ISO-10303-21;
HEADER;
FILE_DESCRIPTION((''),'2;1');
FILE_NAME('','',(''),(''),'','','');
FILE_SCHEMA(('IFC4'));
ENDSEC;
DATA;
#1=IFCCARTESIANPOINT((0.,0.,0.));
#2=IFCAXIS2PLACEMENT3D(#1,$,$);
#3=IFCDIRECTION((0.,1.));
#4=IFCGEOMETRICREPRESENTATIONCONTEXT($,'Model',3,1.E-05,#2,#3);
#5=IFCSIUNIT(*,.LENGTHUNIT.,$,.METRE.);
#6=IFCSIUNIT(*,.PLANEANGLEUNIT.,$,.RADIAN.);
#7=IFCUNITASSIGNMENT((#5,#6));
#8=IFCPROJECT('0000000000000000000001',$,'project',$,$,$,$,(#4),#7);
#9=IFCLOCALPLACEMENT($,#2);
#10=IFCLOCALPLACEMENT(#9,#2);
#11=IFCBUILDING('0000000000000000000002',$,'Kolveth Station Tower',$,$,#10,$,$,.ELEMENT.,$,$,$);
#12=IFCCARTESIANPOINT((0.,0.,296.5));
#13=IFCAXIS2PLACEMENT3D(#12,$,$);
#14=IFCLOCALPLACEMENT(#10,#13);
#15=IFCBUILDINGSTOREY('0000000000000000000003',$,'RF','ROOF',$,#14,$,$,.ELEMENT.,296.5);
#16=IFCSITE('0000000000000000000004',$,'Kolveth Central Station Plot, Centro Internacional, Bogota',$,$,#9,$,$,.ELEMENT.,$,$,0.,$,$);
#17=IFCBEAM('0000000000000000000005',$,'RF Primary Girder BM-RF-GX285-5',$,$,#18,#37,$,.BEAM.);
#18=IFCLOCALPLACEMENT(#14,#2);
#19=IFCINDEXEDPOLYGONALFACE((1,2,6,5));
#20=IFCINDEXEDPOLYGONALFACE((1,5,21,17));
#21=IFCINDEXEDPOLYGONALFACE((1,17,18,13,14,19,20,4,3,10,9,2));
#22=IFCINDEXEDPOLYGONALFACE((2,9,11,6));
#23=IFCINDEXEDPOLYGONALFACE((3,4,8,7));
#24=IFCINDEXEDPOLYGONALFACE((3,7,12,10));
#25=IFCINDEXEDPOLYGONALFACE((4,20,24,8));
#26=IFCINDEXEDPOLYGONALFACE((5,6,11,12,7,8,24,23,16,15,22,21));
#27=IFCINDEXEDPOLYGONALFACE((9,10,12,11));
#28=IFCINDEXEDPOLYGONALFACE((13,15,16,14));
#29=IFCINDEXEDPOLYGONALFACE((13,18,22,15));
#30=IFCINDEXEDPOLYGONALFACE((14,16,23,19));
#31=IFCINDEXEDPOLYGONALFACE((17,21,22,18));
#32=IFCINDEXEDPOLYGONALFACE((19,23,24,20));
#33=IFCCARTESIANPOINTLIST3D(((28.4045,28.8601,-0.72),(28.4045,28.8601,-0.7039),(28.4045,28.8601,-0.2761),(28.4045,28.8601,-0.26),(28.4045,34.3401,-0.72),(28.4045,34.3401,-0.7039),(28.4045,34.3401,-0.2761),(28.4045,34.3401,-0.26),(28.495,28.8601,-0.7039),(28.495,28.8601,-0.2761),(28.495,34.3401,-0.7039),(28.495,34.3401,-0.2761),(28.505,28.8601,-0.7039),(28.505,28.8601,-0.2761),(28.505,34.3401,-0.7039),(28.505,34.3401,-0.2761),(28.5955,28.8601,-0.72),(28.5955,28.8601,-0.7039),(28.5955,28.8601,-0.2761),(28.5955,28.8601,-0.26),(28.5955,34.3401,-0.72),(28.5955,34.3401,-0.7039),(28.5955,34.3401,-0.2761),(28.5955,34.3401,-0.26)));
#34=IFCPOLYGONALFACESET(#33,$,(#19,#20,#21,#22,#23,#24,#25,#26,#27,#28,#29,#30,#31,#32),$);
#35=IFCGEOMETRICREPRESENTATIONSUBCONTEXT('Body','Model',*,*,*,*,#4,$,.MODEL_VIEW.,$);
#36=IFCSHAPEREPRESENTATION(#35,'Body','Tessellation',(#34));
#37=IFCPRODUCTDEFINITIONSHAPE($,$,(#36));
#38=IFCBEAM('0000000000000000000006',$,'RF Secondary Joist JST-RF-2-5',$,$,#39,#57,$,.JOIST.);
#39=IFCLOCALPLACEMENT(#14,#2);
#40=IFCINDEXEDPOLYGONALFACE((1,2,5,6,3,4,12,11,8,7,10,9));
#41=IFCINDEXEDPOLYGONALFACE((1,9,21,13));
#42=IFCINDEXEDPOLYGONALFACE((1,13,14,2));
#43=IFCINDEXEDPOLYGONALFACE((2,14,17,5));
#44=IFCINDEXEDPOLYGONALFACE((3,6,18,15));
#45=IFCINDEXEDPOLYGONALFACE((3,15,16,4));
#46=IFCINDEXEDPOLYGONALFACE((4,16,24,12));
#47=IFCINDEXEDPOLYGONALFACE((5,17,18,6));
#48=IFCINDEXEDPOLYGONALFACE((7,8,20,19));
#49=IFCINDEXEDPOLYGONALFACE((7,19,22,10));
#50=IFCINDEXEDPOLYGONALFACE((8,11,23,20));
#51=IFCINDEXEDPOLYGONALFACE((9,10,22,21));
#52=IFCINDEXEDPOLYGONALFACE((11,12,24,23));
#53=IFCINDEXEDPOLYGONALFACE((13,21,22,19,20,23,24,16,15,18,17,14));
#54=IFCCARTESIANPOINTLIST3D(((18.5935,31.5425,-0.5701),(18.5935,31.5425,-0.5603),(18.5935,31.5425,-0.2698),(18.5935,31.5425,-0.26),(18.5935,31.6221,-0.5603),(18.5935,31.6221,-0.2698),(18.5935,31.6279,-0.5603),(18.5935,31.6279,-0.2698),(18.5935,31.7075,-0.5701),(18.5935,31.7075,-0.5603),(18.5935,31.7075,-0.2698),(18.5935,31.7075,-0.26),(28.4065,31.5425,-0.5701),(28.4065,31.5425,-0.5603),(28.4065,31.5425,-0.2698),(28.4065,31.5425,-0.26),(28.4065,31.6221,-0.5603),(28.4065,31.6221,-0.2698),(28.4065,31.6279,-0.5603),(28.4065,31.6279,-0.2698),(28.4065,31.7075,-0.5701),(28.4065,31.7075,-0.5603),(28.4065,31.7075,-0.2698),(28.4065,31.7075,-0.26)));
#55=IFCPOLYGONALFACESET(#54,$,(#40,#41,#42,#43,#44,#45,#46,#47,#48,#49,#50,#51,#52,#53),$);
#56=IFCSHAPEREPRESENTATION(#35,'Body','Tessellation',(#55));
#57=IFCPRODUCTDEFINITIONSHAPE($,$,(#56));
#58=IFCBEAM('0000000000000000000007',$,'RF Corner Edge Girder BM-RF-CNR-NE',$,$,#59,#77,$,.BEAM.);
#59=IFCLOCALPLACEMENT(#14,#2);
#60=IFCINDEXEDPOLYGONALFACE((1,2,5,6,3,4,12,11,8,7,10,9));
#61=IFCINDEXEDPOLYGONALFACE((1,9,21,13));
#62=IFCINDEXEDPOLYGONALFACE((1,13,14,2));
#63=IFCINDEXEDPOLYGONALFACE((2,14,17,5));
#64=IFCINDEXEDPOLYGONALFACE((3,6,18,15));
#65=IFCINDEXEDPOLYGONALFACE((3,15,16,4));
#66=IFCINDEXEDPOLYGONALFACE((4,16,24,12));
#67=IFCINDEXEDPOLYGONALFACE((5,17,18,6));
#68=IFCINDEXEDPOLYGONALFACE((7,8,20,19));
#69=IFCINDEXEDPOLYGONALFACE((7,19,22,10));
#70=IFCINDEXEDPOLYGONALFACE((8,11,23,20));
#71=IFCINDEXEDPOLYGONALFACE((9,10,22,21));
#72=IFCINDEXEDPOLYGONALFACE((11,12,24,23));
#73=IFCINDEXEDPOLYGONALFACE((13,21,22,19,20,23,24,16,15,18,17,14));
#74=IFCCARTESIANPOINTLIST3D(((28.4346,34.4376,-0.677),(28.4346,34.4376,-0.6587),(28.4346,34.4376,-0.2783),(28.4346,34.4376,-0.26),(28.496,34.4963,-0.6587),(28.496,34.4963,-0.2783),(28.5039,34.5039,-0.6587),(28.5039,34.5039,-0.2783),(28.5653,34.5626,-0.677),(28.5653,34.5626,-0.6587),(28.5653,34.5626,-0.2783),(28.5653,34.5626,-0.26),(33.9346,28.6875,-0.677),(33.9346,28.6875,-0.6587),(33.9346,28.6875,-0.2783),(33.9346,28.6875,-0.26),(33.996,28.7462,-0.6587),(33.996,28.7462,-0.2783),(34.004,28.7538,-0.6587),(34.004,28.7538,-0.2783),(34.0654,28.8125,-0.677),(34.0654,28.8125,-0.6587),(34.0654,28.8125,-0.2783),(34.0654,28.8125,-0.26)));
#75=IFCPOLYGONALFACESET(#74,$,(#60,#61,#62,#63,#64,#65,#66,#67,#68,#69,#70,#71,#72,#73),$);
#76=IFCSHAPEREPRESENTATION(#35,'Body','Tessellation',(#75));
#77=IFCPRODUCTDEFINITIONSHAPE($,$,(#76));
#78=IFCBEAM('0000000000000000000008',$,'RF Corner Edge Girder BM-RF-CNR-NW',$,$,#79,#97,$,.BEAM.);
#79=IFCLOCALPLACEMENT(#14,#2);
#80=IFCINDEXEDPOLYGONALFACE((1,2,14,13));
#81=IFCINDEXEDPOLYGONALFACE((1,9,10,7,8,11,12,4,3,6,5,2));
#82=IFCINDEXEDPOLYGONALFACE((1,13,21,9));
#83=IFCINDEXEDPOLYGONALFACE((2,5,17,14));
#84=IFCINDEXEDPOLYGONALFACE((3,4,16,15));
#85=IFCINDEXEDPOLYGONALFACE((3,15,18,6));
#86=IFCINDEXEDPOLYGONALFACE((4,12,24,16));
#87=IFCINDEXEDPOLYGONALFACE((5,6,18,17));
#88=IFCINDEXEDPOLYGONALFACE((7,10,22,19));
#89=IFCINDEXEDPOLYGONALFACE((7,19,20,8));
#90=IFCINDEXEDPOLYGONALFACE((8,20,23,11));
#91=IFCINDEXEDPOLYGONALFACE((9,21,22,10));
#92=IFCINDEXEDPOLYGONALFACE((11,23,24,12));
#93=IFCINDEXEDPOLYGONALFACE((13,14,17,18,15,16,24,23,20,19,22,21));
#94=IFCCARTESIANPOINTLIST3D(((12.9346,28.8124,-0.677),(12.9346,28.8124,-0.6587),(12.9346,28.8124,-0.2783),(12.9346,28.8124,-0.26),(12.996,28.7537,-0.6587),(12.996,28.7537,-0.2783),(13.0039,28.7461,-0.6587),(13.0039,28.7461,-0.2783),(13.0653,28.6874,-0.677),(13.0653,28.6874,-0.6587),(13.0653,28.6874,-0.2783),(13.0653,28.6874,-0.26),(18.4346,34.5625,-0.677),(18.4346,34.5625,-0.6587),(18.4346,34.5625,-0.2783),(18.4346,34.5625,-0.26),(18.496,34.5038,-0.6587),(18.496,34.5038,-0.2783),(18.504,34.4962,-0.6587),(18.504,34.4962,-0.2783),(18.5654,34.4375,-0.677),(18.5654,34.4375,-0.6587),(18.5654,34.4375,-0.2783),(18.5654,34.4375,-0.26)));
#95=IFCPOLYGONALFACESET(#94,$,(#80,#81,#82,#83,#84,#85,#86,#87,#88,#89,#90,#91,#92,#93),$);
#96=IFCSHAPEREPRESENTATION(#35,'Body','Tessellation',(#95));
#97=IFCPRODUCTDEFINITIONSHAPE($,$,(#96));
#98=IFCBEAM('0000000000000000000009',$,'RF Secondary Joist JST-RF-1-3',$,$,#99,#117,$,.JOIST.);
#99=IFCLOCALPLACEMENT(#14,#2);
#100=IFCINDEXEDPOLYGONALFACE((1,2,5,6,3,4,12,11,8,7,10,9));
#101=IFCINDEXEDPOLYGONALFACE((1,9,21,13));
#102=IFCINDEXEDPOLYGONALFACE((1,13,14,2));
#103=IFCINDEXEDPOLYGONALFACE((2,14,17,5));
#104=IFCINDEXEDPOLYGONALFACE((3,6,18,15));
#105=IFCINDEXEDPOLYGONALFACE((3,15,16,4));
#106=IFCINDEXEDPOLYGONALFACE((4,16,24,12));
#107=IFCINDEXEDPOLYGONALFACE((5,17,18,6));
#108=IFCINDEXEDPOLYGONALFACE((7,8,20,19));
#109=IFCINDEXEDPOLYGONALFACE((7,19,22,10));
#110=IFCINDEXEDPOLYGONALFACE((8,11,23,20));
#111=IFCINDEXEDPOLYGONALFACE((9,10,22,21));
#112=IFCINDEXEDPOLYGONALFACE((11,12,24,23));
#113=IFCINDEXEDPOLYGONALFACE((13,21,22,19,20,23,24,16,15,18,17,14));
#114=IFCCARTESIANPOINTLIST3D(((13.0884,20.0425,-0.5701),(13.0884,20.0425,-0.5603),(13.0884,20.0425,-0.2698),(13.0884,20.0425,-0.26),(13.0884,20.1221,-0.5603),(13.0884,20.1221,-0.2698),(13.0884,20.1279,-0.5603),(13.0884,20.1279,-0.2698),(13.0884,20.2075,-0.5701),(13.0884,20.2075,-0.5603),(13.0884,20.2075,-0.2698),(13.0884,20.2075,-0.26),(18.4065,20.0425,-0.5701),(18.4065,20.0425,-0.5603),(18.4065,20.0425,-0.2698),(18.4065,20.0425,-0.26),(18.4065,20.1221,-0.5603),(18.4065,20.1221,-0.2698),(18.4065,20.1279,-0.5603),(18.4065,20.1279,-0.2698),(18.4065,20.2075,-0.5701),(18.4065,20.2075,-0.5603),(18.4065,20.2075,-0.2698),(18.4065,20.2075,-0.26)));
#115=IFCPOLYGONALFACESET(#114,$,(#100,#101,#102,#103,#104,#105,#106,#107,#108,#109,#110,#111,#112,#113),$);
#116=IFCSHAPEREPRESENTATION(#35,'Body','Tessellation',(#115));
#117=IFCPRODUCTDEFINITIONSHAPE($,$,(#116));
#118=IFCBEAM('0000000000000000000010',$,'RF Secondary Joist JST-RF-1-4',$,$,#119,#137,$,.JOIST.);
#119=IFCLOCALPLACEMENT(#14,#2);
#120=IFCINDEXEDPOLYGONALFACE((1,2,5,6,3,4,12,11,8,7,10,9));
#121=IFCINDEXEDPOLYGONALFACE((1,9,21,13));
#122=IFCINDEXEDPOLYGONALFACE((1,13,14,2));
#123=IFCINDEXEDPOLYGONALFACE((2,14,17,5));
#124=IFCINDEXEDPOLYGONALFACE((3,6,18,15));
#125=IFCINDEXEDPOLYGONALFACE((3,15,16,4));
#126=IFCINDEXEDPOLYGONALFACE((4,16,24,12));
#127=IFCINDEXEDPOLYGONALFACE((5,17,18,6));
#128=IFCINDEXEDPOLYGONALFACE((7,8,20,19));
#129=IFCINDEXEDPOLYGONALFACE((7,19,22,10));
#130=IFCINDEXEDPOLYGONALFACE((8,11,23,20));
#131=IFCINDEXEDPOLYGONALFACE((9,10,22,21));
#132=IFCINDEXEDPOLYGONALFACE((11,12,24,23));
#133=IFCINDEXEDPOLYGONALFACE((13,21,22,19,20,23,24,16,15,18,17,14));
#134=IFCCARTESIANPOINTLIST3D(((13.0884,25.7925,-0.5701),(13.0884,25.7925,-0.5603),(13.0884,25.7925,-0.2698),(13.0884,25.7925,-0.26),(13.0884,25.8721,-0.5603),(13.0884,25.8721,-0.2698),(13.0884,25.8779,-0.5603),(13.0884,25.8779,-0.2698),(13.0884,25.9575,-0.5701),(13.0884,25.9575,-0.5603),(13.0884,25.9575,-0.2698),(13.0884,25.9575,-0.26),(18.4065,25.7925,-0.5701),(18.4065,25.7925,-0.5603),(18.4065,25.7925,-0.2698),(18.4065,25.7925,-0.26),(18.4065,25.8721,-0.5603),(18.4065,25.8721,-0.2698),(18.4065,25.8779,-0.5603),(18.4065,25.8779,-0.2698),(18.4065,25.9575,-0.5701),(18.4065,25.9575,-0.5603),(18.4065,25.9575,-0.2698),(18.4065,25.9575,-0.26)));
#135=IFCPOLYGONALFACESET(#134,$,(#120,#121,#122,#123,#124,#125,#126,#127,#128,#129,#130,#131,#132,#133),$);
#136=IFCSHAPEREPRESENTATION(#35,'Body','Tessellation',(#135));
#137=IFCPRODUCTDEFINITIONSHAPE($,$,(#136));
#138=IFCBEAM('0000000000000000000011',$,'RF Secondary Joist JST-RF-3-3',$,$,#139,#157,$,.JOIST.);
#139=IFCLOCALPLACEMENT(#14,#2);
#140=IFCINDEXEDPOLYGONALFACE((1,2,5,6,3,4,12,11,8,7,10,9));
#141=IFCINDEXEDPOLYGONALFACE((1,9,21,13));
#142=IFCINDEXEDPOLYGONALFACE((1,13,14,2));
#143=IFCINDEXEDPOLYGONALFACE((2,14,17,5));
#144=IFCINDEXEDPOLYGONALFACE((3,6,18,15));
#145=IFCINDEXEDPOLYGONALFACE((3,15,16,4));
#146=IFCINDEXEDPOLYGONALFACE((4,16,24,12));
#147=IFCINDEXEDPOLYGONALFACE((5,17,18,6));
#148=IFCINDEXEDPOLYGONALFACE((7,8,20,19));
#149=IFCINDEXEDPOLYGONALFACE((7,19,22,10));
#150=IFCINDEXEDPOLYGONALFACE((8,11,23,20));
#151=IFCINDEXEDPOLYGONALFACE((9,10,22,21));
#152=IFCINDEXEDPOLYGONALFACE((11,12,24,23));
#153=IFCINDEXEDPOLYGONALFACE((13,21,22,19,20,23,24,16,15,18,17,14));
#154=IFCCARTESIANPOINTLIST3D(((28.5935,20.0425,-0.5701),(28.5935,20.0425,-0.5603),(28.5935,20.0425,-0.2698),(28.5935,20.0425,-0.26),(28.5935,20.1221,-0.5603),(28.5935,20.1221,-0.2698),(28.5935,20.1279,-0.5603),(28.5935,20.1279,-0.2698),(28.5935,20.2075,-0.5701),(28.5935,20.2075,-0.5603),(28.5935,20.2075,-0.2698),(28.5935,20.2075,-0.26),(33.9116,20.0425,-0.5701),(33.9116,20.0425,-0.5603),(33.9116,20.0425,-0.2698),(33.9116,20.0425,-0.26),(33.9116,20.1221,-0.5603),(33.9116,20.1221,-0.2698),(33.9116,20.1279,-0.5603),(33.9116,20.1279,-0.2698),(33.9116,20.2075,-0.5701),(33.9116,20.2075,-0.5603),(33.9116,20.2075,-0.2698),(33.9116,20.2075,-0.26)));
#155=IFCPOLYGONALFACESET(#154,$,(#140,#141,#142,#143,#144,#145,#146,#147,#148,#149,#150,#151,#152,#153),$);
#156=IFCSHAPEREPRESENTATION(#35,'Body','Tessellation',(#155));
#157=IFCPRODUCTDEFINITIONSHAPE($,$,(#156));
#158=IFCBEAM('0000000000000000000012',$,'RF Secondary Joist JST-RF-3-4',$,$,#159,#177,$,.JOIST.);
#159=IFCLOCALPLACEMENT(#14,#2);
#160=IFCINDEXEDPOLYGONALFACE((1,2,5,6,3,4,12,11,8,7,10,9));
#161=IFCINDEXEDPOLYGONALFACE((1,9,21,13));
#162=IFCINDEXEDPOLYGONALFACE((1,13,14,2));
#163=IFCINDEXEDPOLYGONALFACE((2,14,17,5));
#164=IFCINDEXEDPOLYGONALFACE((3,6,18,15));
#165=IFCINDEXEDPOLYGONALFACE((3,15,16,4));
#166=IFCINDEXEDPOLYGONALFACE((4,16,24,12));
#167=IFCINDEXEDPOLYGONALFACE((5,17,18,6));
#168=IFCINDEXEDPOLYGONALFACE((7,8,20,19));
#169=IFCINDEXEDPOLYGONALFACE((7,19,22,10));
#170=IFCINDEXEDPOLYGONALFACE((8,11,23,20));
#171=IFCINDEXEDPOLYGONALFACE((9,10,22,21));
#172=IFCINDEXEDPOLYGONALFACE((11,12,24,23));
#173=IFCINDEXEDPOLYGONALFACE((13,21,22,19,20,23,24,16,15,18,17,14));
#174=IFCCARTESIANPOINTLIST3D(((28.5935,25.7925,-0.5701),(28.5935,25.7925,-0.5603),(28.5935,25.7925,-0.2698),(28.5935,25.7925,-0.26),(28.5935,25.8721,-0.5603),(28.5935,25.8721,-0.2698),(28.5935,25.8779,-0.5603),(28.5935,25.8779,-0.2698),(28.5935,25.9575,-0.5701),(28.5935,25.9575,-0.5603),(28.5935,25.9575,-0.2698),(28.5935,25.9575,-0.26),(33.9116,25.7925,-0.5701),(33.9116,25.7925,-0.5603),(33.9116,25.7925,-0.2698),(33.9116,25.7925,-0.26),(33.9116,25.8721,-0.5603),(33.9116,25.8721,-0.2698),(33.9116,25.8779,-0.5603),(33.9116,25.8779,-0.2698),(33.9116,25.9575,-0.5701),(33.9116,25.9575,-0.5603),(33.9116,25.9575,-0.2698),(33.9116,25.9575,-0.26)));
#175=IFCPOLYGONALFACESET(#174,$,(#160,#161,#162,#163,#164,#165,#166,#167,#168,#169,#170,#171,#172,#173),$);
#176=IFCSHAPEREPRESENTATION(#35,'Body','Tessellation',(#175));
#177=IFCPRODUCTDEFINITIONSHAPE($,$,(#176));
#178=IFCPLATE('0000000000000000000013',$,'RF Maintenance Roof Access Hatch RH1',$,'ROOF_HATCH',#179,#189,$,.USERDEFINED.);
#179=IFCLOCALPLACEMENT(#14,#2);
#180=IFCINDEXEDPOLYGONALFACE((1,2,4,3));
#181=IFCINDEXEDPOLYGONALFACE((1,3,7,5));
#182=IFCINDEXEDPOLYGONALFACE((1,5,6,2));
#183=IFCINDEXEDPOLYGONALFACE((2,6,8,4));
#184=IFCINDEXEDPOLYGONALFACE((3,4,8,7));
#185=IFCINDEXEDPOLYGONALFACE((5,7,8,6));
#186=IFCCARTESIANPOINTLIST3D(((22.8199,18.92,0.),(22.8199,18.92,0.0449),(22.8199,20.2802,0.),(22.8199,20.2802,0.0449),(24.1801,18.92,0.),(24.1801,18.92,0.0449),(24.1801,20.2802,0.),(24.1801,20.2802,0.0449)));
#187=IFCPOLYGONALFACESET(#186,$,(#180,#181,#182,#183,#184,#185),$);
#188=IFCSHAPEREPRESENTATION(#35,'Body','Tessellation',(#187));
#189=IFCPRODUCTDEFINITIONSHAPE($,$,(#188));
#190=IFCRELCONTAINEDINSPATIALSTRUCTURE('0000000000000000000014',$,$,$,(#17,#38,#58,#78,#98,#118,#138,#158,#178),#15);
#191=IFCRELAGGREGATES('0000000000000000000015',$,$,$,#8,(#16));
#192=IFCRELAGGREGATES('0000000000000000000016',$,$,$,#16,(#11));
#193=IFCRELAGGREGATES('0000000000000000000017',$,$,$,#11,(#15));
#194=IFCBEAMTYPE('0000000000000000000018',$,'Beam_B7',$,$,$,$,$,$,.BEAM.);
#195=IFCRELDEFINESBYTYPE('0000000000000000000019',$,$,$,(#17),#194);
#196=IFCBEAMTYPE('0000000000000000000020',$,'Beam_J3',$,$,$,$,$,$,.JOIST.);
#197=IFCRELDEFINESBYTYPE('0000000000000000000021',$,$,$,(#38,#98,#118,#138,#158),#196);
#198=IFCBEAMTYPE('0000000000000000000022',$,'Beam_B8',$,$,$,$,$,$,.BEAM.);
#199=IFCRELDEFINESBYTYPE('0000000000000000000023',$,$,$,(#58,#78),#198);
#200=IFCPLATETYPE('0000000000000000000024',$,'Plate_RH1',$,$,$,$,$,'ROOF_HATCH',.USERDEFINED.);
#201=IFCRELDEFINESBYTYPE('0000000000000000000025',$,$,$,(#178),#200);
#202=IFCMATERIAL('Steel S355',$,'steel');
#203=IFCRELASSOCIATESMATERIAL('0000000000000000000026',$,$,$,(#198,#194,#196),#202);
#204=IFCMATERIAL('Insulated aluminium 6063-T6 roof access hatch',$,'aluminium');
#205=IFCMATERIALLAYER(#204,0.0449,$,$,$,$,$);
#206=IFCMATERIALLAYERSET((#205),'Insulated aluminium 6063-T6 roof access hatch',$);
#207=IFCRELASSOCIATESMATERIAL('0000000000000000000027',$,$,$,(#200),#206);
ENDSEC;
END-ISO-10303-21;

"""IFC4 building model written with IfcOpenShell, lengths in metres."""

from ifc_helpers import new_model, si_unit, direction, frame, origin, origin_2d, place, context, subcontext, project, spatial, rectangle, i_section, extrude, source, transform, mapped, material, layer, layer_set, material_profile, profile_set, type_object, element, save


model = new_model("IFC4")

# Units and contexts
model_context = context("Model", 3, precision=1e-05, world=origin(), true_north=direction((0.0, 1.0)))
body_context = subcontext(model_context, "Body", "Model", "MODEL_VIEW")
ifc_project = project(units=[si_unit("LENGTHUNIT", "METRE"), si_unit("PLANEANGLEUNIT", "RADIAN")], contexts=[model_context])

# Site, building, storey
site_placement = place(None, origin())
site = spatial("IfcSite", under=ifc_project, at=site_placement, Name="Kolveth Central Station Plot, Centro Internacional, Bogota", CompositionType="ELEMENT", RefElevation=0.0)
building_placement = place(site_placement, origin())
building = spatial("IfcBuilding", under=site, at=building_placement, Name="Kolveth Station Tower", CompositionType="ELEMENT")
storey_placement = place(building_placement, frame((0.0, 0.0, 296.5)))
storey = spatial("IfcBuildingStorey", under=building, at=storey_placement, Name="RF", Description="ROOF", CompositionType="ELEMENT", Elevation=296.5)

# Beams
ifc_material_1 = material(Name="Steel S355", Category="steel")
ifc_material_profile_1 = material_profile(ifc_material_1, i_section(OverallWidth=0.1809, OverallDepth=0.417, WebThickness=0.011, FlangeThickness=0.0183, at=origin_2d()), Name="W410x85")
ifc_profile_set_1 = profile_set([ifc_material_profile_1], Name="Steel S355")
beam_type_1 = type_object("IfcBeamType", Name="Beam_B8", PredefinedType="BEAM", material=ifc_profile_set_1)
ifc_material_profile_2 = material_profile(ifc_material_1, i_section(OverallWidth=0.1909, OverallDepth=0.46, WebThickness=0.01, FlangeThickness=0.0161, at=origin_2d()), Name="W460x82")
ifc_profile_set_2 = profile_set([ifc_material_profile_2], Name="Steel S355")
beam_type_2 = type_object("IfcBeamType", Name="Beam_B7", PredefinedType="BEAM", material=ifc_profile_set_2)
shared_shape_1 = source(origin(), body_context, "Body", "SweptSolid", [
    extrude(i_section(OverallWidth=0.1909, OverallDepth=0.46, WebThickness=0.01, FlangeThickness=0.0161, at=origin_2d()), origin(), (0.0, 0.0, 1.0), 5.48),
])
for number, where, z_axis, x_axis, name in (
    (1, (28.5, 28.8601, -0.49), (0.0, 1.0, 0.0), (-1.0, 0.0, 0.0), "RF Primary Girder BM-RF-GX285-5"),
):
    element("IfcBeam", number, at=place(storey_placement, frame(where, z_axis=z_axis, x_axis=x_axis)), inside=storey, type_object=beam_type_2, Name=name, PredefinedType="BEAM", context=body_context, shape_type="MappedRepresentation", body=[
        mapped(shared_shape_1, transform((0.0, 0.0, 0.0), x_axis=(1.0, 0.0, 0.0), y_axis=(0.0, 1.0, 0.0), z_axis=(0.0, 0.0, 1.0), scale=1.0)),
    ])
ifc_material_profile_3 = material_profile(ifc_material_1, i_section(OverallWidth=0.165, OverallDepth=0.3101, WebThickness=0.0059, FlangeThickness=0.0098, at=origin_2d()), Name="W310x39")
ifc_profile_set_3 = profile_set([ifc_material_profile_3], Name="Steel S355")
beam_type_3 = type_object("IfcBeamType", Name="Beam_J3", PredefinedType="JOIST", material=ifc_profile_set_3)
shared_shape_2 = source(origin(), body_context, "Body", "SweptSolid", [
    extrude(i_section(OverallWidth=0.165, OverallDepth=0.3101, WebThickness=0.0059, FlangeThickness=0.0098, at=origin_2d()), origin(), (0.0, 0.0, 1.0), 9.813),
])
beam_1_placement = place(storey_placement, frame((18.5935, 31.625, -0.415), z_axis=(1.0, 0.0, 0.0), x_axis=(0.0, 1.0, 0.0)))
element("IfcBeam", 2, at=beam_1_placement, inside=storey, type_object=beam_type_3, Name="RF Secondary Joist JST-RF-2-5", PredefinedType="JOIST", context=body_context, shape_type="MappedRepresentation", body=[
    mapped(shared_shape_2, transform((0.0, 0.0, 0.0), x_axis=(1.0, 0.0, 0.0), y_axis=(0.0, 1.0, 0.0), z_axis=(0.0, 0.0, 1.0), scale=1.0)),
])
shared_shape_3 = source(origin(), body_context, "Body", "SweptSolid", [
    extrude(i_section(OverallWidth=0.1809, OverallDepth=0.417, WebThickness=0.011, FlangeThickness=0.0183, at=origin_2d()), origin(), (0.0, 0.0, 1.0), 7.957),
])
for number, where, z_axis, x_axis, name in (
    (3, (34.0, 28.75, -0.4685), (-0.691223, 0.722642, 0.0), (-0.722642, -0.691223, 0.0), "RF Corner Edge Girder BM-RF-CNR-NE"),
    (4, (18.5, 34.5, -0.4685), (-0.691223, -0.722642, 0.0), (0.722642, -0.691223, 0.0), "RF Corner Edge Girder BM-RF-CNR-NW"),
):
    element("IfcBeam", number, at=place(storey_placement, frame(where, z_axis=z_axis, x_axis=x_axis)), inside=storey, type_object=beam_type_1, Name=name, PredefinedType="BEAM", context=body_context, shape_type="MappedRepresentation", body=[
        mapped(shared_shape_3, transform((0.0, 0.0, 0.0), x_axis=(1.0, 0.0, 0.0), y_axis=(0.0, 1.0, 0.0), z_axis=(0.0, 0.0, 1.0), scale=1.0)),
    ])
shared_shape_4 = source(origin(), body_context, "Body", "SweptSolid", [
    extrude(i_section(OverallWidth=0.165, OverallDepth=0.3101, WebThickness=0.0059, FlangeThickness=0.0098, at=origin_2d()), origin(), (0.0, 0.0, 1.0), 5.3181),
])
for number, where, z_axis, x_axis, name in (
    (5, (13.0884, 20.125, -0.415), (1.0, 0.0, 0.0), (0.0, 1.0, 0.0), "RF Secondary Joist JST-RF-1-3"),
    (6, (13.0884, 25.875, -0.415), (1.0, 0.0, 0.0), (0.0, 1.0, 0.0), "RF Secondary Joist JST-RF-1-4"),
    (7, (28.5935, 20.125, -0.415), (1.0, 0.0, 0.0), (0.0, 1.0, 0.0), "RF Secondary Joist JST-RF-3-3"),
    (8, (28.5935, 25.875, -0.415), (1.0, 0.0, 0.0), (0.0, 1.0, 0.0), "RF Secondary Joist JST-RF-3-4"),
):
    element("IfcBeam", number, at=place(storey_placement, frame(where, z_axis=z_axis, x_axis=x_axis)), inside=storey, type_object=beam_type_3, Name=name, PredefinedType="JOIST", context=body_context, shape_type="MappedRepresentation", body=[
        mapped(shared_shape_4, transform((0.0, 0.0, 0.0), x_axis=(1.0, 0.0, 0.0), y_axis=(0.0, 1.0, 0.0), z_axis=(0.0, 0.0, 1.0), scale=1.0)),
    ])

# Plate
ifc_material_2 = material(Name="Insulated aluminium 6063-T6 roof access hatch", Category="aluminium")
ifc_layer_1 = layer(ifc_material_2, 0.0449)
ifc_layer_set_1 = layer_set([ifc_layer_1], Name="Insulated aluminium 6063-T6 roof access hatch")
plate_type = type_object("IfcPlateType", Name="Plate_RH1", ElementType="ROOF_HATCH", PredefinedType="USERDEFINED", material=ifc_layer_set_1)
shared_shape_5 = source(origin(), body_context, "Body", "SweptSolid", [
    extrude(rectangle(XDim=1.3601, YDim=1.3601, at=origin_2d()), origin(), (0.0, 0.0, 1.0), 0.0449),
])
plate_placement = place(storey_placement, frame((23.5, 19.6001, 0.0), z_axis=(0.0, 0.0, 1.0), x_axis=(1.0, 0.0, 0.0)))
element("IfcPlate", 9, at=plate_placement, inside=storey, type_object=plate_type, Name="RF Maintenance Roof Access Hatch RH1", ObjectType="ROOF_HATCH", PredefinedType="USERDEFINED", context=body_context, shape_type="MappedRepresentation", body=[
    mapped(shared_shape_5, transform((0.0, 0.0, 0.0), x_axis=(1.0, 0.0, 0.0), y_axis=(0.0, 1.0, 0.0), z_axis=(0.0, 0.0, 1.0), scale=1.0)),
])

save(model, "model.ifc")
